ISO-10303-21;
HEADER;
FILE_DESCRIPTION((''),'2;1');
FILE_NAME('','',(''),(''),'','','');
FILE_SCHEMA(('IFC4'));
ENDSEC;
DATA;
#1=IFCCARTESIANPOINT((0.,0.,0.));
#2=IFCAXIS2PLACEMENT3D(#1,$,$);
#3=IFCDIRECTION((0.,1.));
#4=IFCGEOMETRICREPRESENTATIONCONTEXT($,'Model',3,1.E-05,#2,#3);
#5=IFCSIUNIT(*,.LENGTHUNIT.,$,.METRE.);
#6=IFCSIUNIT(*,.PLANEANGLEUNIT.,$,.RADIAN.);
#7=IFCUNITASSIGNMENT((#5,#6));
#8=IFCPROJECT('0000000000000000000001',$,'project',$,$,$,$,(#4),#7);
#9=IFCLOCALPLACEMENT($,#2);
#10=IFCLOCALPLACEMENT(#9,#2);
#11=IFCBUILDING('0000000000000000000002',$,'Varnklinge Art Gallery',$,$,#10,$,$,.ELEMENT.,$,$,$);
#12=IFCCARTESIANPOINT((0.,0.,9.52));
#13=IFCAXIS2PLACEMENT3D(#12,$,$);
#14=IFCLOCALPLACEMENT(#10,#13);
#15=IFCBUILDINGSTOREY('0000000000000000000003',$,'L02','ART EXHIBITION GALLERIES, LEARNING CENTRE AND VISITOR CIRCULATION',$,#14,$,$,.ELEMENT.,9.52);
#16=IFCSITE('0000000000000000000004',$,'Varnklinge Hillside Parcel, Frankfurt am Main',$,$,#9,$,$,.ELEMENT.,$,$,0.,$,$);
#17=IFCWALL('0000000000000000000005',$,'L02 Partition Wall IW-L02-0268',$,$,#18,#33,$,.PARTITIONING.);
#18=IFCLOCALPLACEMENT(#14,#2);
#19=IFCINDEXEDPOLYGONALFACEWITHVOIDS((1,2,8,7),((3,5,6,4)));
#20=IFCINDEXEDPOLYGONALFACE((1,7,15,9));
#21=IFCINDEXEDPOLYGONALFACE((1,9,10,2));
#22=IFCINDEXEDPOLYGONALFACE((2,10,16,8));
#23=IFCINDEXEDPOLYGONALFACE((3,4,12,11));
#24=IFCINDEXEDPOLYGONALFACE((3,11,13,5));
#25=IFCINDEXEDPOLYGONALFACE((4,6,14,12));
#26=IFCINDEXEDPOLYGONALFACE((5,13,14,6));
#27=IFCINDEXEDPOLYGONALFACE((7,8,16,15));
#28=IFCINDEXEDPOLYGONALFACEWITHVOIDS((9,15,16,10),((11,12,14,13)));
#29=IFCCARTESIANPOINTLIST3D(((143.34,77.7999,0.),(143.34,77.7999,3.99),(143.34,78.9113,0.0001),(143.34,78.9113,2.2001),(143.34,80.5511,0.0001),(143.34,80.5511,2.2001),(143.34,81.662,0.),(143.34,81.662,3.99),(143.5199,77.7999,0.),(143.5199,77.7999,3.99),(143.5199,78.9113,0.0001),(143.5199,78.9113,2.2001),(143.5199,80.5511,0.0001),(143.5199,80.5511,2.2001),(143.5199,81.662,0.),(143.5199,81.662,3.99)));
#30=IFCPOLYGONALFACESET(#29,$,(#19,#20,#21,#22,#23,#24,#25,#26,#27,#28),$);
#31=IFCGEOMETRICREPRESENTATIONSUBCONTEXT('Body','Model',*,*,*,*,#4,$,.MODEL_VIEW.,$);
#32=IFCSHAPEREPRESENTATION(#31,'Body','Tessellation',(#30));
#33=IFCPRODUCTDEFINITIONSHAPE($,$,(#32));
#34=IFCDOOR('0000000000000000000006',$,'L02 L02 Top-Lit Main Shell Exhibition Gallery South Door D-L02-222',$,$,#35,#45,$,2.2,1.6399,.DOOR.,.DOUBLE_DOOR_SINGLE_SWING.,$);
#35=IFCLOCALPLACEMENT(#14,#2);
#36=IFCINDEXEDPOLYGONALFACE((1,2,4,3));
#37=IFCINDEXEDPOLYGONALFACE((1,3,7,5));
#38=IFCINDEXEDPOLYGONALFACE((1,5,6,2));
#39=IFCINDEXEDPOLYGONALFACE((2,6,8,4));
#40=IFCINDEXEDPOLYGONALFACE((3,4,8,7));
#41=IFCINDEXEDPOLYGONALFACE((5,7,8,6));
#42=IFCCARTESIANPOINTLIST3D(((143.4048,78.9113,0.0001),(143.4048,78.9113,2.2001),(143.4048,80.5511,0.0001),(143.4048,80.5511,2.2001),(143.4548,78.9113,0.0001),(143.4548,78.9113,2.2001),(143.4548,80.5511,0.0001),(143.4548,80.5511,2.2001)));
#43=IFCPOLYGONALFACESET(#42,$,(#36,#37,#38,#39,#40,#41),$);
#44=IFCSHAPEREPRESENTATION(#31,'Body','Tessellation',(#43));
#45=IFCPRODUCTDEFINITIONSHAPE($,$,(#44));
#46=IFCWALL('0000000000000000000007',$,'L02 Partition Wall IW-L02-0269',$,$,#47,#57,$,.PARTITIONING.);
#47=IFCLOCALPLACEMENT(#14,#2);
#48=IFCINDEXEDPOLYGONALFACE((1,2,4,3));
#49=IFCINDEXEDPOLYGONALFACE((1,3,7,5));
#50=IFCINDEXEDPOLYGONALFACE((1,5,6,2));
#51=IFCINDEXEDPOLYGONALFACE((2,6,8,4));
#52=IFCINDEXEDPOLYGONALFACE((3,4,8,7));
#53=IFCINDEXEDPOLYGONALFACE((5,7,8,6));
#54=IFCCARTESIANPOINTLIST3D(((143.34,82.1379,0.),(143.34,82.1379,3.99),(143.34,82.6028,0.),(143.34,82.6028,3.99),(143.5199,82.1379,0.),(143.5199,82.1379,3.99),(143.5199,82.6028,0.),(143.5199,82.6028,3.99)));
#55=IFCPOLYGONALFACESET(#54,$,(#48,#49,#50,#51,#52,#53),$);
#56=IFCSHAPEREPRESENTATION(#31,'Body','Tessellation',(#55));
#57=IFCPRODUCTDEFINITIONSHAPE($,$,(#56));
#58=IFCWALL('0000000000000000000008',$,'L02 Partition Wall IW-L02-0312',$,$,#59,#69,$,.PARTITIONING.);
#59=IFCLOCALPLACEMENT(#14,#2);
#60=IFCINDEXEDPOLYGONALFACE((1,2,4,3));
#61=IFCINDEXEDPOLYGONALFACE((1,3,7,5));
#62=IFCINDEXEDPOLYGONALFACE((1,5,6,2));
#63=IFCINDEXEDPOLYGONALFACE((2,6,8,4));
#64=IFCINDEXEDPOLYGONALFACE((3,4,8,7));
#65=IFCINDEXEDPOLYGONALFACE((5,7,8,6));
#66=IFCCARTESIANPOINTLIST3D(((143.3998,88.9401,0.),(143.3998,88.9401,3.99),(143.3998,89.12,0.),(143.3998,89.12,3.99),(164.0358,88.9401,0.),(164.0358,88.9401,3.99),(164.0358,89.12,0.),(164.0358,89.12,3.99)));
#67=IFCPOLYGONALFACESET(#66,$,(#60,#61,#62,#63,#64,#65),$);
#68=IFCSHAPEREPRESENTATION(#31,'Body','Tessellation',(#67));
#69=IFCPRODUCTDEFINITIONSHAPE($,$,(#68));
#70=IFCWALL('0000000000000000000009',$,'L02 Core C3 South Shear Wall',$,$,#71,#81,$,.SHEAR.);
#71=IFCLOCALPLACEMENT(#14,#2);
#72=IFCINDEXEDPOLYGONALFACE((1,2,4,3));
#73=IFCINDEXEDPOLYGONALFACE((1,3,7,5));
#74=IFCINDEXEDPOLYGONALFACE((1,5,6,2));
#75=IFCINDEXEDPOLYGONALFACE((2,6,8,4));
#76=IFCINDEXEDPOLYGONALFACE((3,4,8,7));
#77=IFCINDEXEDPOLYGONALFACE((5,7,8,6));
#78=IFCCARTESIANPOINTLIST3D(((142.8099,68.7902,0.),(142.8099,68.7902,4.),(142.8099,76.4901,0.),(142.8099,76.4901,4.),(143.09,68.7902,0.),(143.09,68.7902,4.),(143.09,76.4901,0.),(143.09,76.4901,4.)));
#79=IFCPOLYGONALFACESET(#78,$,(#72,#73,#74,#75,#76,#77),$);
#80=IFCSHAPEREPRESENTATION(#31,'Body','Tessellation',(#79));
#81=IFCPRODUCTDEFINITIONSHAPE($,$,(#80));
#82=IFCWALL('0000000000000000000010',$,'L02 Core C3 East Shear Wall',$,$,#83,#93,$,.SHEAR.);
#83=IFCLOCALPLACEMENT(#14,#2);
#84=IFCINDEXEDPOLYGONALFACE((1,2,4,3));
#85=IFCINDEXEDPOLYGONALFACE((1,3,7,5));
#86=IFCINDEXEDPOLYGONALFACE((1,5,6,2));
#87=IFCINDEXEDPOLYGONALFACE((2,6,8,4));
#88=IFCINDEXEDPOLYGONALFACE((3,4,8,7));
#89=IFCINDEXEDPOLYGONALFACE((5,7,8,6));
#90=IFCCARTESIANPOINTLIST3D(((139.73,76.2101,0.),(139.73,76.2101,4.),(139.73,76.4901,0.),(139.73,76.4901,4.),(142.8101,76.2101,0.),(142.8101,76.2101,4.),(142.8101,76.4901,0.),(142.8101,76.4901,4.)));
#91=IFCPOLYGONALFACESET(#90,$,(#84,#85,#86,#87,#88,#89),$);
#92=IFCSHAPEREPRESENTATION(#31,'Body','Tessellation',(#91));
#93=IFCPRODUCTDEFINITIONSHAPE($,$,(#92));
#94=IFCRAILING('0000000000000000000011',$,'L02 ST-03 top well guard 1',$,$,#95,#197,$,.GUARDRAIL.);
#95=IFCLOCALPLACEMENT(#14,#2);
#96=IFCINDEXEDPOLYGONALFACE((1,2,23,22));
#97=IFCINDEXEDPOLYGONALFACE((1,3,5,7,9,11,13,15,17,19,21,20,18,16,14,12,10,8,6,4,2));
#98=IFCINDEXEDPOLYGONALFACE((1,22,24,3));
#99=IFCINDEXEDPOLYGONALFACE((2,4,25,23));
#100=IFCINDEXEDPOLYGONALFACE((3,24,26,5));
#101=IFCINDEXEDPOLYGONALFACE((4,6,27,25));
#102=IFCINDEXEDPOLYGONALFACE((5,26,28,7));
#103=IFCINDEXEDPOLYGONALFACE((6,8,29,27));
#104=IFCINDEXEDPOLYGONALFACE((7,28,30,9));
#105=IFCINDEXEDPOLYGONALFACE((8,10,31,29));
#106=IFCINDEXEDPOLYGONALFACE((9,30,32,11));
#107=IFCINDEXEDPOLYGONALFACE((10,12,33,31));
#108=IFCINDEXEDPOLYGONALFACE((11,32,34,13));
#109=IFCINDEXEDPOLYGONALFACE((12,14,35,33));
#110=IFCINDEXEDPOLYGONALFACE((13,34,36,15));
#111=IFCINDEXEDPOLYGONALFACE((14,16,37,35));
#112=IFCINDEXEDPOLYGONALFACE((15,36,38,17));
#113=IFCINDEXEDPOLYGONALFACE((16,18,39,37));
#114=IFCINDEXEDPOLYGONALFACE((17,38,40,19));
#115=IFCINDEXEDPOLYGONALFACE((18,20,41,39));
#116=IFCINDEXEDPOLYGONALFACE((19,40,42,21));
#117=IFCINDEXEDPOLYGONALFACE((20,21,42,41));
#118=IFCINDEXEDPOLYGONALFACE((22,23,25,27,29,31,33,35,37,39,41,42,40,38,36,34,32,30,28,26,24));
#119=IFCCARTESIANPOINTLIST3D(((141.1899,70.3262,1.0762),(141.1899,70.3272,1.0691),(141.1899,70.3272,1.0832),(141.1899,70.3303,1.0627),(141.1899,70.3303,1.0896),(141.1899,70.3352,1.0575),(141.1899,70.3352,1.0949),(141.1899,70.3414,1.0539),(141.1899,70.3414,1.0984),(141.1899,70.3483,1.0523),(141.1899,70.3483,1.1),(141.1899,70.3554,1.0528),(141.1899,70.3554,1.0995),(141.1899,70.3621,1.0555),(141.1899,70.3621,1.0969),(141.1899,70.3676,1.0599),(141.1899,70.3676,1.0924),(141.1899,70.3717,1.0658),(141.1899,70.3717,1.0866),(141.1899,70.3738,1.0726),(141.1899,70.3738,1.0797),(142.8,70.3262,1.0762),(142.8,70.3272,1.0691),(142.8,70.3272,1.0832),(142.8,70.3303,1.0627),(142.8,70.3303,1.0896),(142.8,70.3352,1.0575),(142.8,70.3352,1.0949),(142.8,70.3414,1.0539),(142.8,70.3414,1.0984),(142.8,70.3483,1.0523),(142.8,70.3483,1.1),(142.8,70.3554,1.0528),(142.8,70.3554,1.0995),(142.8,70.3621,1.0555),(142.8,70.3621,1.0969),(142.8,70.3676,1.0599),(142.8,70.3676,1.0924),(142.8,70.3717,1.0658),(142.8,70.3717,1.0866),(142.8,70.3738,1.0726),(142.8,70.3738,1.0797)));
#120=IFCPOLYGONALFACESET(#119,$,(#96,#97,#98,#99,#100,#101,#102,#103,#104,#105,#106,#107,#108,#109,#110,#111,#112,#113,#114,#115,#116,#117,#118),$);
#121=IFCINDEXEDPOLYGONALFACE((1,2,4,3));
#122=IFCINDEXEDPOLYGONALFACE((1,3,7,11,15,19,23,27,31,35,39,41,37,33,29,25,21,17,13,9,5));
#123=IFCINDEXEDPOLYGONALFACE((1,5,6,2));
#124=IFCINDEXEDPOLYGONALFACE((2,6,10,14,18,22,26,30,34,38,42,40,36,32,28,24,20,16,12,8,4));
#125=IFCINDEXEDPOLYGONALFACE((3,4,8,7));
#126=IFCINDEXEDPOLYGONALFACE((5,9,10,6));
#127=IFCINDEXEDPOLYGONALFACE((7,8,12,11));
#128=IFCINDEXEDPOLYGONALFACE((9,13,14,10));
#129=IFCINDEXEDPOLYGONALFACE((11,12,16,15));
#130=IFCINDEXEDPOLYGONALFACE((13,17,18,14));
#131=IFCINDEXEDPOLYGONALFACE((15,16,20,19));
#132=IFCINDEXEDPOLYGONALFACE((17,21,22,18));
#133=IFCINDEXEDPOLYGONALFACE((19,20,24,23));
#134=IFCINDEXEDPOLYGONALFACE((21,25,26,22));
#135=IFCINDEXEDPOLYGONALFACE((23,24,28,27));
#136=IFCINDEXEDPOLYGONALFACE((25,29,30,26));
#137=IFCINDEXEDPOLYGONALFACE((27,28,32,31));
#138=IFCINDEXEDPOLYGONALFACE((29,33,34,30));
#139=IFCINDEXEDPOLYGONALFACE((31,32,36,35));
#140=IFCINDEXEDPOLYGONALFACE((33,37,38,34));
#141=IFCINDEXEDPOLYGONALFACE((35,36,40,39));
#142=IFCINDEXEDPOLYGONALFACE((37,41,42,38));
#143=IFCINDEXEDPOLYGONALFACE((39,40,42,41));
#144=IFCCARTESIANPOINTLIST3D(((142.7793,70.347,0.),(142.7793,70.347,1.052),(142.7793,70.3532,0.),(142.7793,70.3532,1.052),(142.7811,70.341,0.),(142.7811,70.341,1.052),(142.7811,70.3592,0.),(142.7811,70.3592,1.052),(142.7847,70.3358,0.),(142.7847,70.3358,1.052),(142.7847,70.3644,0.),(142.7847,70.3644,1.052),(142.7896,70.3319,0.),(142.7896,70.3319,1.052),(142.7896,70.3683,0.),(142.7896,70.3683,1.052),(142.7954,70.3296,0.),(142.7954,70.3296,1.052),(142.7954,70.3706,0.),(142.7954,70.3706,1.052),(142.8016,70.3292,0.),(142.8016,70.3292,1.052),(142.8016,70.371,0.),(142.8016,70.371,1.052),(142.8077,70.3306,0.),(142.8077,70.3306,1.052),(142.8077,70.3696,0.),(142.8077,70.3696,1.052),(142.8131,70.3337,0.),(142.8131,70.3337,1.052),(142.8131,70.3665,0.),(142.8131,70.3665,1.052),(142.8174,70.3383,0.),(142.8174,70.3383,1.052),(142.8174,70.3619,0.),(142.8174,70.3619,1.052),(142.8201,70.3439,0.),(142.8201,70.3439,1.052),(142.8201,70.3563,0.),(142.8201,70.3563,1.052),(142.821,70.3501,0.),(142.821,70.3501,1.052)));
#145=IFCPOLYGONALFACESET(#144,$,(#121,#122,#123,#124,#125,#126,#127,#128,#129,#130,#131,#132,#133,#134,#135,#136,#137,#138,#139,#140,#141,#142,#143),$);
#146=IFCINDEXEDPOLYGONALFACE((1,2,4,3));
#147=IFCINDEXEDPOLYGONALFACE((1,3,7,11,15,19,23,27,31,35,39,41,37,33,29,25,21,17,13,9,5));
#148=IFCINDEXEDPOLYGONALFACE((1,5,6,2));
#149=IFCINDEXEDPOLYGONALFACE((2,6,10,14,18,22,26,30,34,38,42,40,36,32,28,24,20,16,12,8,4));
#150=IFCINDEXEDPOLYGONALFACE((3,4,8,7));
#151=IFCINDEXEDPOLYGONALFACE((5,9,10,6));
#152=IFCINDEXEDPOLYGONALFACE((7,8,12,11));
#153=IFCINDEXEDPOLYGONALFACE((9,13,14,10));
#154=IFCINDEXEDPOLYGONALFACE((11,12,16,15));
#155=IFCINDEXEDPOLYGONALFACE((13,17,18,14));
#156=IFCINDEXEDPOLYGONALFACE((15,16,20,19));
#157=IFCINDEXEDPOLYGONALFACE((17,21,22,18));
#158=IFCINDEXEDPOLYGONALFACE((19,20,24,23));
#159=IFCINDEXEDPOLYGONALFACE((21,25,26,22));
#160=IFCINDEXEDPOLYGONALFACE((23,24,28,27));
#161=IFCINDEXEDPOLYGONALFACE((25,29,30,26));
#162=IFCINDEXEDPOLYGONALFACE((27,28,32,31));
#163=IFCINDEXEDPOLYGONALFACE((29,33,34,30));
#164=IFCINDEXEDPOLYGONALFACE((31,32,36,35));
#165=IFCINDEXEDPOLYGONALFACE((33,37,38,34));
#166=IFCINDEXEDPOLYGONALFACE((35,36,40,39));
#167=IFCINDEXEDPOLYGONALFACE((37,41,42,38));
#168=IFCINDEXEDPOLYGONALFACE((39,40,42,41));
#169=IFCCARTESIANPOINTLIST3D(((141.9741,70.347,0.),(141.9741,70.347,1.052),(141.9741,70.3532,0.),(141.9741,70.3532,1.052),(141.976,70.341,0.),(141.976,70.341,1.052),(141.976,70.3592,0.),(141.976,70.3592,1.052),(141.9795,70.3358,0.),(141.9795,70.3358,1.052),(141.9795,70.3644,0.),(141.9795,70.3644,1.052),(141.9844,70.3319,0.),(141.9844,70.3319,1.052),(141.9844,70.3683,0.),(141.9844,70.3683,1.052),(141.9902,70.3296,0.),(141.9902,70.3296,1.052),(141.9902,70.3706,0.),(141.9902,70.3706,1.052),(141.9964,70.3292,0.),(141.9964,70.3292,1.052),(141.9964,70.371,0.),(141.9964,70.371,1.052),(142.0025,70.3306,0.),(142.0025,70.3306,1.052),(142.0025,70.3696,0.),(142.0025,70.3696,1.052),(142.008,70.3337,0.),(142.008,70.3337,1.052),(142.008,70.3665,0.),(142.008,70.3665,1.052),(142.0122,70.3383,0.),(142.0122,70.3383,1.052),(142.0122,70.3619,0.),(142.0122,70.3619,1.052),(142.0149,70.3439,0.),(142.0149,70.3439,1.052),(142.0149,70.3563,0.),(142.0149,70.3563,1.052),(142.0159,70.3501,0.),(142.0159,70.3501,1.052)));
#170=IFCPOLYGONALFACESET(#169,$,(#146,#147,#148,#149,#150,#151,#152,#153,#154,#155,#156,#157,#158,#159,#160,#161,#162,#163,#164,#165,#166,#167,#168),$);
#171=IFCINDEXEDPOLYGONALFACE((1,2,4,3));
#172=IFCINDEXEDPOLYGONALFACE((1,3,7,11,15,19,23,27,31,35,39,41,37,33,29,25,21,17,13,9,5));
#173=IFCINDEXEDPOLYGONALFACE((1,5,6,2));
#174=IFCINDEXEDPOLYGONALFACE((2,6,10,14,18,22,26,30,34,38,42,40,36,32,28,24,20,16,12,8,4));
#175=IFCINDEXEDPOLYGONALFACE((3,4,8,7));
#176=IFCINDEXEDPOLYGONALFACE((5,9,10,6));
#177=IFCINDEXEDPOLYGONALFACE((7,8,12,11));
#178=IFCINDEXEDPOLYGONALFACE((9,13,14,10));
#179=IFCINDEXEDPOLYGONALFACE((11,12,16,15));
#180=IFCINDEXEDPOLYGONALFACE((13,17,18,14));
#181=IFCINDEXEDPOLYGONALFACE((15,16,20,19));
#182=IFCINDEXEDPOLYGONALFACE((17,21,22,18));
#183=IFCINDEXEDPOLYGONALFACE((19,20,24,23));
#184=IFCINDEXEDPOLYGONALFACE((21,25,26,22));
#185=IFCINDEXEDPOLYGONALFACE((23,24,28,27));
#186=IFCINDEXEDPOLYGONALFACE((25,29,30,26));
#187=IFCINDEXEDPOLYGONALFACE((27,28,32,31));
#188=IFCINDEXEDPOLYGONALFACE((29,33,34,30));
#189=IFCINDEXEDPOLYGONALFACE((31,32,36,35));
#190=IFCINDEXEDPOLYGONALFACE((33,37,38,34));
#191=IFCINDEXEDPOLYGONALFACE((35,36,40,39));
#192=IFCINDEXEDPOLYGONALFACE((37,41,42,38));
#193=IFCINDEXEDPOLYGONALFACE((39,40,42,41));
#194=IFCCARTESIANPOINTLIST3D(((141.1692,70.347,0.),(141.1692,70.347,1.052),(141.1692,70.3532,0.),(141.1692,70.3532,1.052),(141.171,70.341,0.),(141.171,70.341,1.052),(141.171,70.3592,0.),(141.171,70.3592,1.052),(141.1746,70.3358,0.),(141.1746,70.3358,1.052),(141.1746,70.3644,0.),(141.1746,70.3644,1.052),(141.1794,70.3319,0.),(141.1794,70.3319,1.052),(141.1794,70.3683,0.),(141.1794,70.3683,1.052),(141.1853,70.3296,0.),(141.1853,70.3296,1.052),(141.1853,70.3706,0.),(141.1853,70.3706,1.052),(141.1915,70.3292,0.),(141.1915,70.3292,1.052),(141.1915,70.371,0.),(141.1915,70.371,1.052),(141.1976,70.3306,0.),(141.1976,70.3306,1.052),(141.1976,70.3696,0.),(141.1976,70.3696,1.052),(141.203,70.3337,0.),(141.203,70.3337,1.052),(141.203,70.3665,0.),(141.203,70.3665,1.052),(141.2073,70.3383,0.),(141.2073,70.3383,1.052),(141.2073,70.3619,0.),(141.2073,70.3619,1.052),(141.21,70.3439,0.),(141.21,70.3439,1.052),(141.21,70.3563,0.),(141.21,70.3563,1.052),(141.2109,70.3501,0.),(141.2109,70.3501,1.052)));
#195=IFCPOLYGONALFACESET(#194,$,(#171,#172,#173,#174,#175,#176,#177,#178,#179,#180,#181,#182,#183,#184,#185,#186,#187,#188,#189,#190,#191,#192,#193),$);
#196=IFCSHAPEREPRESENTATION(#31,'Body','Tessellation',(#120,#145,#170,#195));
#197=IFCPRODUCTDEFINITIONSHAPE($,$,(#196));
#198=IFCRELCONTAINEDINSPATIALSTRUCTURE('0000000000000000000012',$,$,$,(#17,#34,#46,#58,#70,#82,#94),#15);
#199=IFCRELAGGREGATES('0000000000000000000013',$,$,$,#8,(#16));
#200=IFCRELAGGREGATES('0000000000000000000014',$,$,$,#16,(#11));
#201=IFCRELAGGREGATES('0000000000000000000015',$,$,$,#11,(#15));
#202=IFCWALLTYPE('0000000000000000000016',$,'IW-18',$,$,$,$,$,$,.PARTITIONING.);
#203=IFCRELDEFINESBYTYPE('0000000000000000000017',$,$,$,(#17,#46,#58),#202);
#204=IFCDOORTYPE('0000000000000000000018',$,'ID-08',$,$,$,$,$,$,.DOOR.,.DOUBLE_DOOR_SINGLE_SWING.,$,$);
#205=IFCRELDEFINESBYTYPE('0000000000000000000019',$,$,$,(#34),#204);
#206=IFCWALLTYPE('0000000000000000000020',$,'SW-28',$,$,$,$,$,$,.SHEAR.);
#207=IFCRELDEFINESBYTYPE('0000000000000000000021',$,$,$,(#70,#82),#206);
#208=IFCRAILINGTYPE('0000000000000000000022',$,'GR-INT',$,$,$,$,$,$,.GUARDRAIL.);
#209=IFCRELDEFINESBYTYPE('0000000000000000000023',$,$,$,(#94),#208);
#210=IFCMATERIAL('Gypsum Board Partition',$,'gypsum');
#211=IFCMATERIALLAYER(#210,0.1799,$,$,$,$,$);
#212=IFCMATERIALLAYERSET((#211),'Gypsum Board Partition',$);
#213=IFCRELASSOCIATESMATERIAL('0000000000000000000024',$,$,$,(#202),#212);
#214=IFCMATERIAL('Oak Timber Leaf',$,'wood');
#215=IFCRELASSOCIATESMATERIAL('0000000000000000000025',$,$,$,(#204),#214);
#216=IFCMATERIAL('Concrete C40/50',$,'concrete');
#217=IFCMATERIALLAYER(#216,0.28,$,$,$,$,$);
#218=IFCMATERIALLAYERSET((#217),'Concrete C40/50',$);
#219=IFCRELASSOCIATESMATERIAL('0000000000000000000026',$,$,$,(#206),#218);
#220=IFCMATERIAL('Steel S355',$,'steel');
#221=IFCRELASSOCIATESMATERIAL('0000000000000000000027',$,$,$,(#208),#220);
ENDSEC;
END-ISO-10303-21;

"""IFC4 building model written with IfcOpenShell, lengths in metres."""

from ifc_helpers import new_model, si_unit, direction, frame, frame_2d, origin, origin_2d, place, context, subcontext, project, spatial, rectangle, circle, extrude, material, layer, layer_set, type_object, element, fill, save


model = new_model("IFC4")

# Units and contexts
model_context = context("Model", 3, precision=1e-05, world=origin(), true_north=direction((0.0, 1.0)))
body_context = subcontext(model_context, "Body", "Model", "MODEL_VIEW")
ifc_project = project(units=[si_unit("LENGTHUNIT", "METRE"), si_unit("PLANEANGLEUNIT", "RADIAN")], contexts=[model_context])

# Site, building, storey
site_placement = place(None, origin())
site = spatial("IfcSite", under=ifc_project, at=site_placement, Name="Varnklinge Hillside Parcel, Frankfurt am Main", CompositionType="ELEMENT", RefElevation=0.0)
building_placement = place(site_placement, origin())
building = spatial("IfcBuilding", under=site, at=building_placement, Name="Varnklinge Art Gallery", CompositionType="ELEMENT")
storey_placement = place(building_placement, frame((0.0, 0.0, 9.52)))
storey = spatial("IfcBuildingStorey", under=building, at=storey_placement, Name="L02", Description="ART EXHIBITION GALLERIES, LEARNING CENTRE AND VISITOR CIRCULATION", CompositionType="ELEMENT", Elevation=9.52)

# Shared definitions
ifc_material_1 = material(Name="Gypsum Board Partition", Category="gypsum")
ifc_layer_1 = layer(ifc_material_1, 0.1799)
ifc_layer_set_1 = layer_set([ifc_layer_1], Name="Gypsum Board Partition")
wall_type_1 = type_object("IfcWallType", Name="IW-18", PredefinedType="PARTITIONING", material=ifc_layer_set_1)

# Wall, opening, door
wall_1_placement = place(storey_placement, frame((143.4299, 81.6621, 0.0), z_axis=(0.0, 0.0, 1.0), x_axis=(0.0, -1.0, 0.0)))
wall_1 = element("IfcWall", 1, at=wall_1_placement, inside=storey, type_object=wall_type_1, Name="L02 Partition Wall IW-L02-0268", PredefinedType="PARTITIONING", context=body_context, shape_type="SweptSolid", body=[
    extrude(rectangle(XDim=3.8621, YDim=0.1799, at=frame_2d((1.9312, 0.0))), origin(), (0.0, 0.0, 1.0), 3.99),
])
opening_1_placement = place(wall_1_placement, frame((1.1111, 0.0, 0.0)))
opening_1 = element("IfcOpeningElement", 2, at=opening_1_placement, cuts=wall_1, PredefinedType="OPENING", context=body_context, shape_type="SweptSolid", body=[
    extrude(rectangle(XDim=1.6399, YDim=2.2, at=frame_2d((0.8198, 1.1001))), frame((0.0, 0.0999, 0.0), z_axis=(0.0, -1.0, 0.0), x_axis=(1.0, 0.0, 0.0)), (0.0, 0.0, 1.0), 0.2),
])
ifc_material_2 = material(Name="Oak Timber Leaf", Category="wood")
door_type_1 = type_object("IfcDoorType", Name="ID-08", OperationType="DOUBLE_DOOR_SINGLE_SWING", PredefinedType="DOOR", material=ifc_material_2)
door_1_placement = place(opening_1_placement, origin())
door_1 = element("IfcDoor", 3, at=door_1_placement, inside=storey, type_object=door_type_1, Name="L02 L02 Top-Lit Main Shell Exhibition Gallery South Door D-L02-222", OperationType="DOUBLE_DOOR_SINGLE_SWING", OverallHeight=2.2, OverallWidth=1.6399, PredefinedType="DOOR", context=body_context, shape_type="SweptSolid", body=[
    extrude(rectangle(XDim=1.6399, YDim=2.2, at=frame_2d((0.8198, 1.1001))), frame((0.0, 0.0249, 0.0), z_axis=(0.0, -1.0, 0.0), x_axis=(1.0, 0.0, 0.0)), (0.0, 0.0, 1.0), 0.05),
])
fill(opening_1, door_1)

# Walls
wall_2_placement = place(storey_placement, frame((143.4299, 82.6028, 0.0), z_axis=(0.0, 0.0, 1.0), x_axis=(0.0, -1.0, 0.0)))
element("IfcWall", 4, at=wall_2_placement, inside=storey, type_object=wall_type_1, Name="L02 Partition Wall IW-L02-0269", PredefinedType="PARTITIONING", context=body_context, shape_type="SweptSolid", body=[
    extrude(rectangle(XDim=0.4648, YDim=0.1799, at=frame_2d((0.2324, 0.0))), origin(), (0.0, 0.0, 1.0), 3.99),
])
wall_3_placement = place(storey_placement, frame((143.3999, 89.03, 0.0), z_axis=(0.0, 0.0, 1.0), x_axis=(1.0, 0.0, 0.0)))
element("IfcWall", 5, at=wall_3_placement, inside=storey, type_object=wall_type_1, Name="L02 Partition Wall IW-L02-0312", PredefinedType="PARTITIONING", context=body_context, shape_type="SweptSolid", body=[
    extrude(rectangle(XDim=20.636, YDim=0.1799, at=frame_2d((10.3179, 0.0))), origin(), (0.0, 0.0, 1.0), 3.99),
])
ifc_material_3 = material(Name="Concrete C40/50", Category="concrete")
ifc_layer_2 = layer(ifc_material_3, 0.28)
ifc_layer_set_2 = layer_set([ifc_layer_2], Name="Concrete C40/50")
wall_type_2 = type_object("IfcWallType", Name="SW-28", PredefinedType="SHEAR", material=ifc_layer_set_2)
wall_4_placement = place(storey_placement, frame((142.95, 68.79, 0.0), z_axis=(0.0, 0.0, 1.0), x_axis=(0.0, 1.0, 0.0)))
element("IfcWall", 6, at=wall_4_placement, inside=storey, type_object=wall_type_2, Name="L02 Core C3 South Shear Wall", PredefinedType="SHEAR", context=body_context, shape_type="SweptSolid", body=[
    extrude(rectangle(XDim=7.7, YDim=0.28, at=frame_2d((3.8501, 0.0))), origin(), (0.0, 0.0, 1.0), 4.0),
])
wall_5_placement = place(storey_placement, frame((142.8101, 76.3501, 0.0), z_axis=(0.0, 0.0, 1.0), x_axis=(-1.0, 0.0, 0.0)))
element("IfcWall", 7, at=wall_5_placement, inside=storey, type_object=wall_type_2, Name="L02 Core C3 East Shear Wall", PredefinedType="SHEAR", context=body_context, shape_type="SweptSolid", body=[
    extrude(rectangle(XDim=3.0801, YDim=0.28, at=frame_2d((1.54, 0.0))), origin(), (0.0, 0.0, 1.0), 4.0),
])

# Railing
ifc_material_4 = material(Name="Steel S355", Category="steel")
railing_type = type_object("IfcRailingType", Name="GR-INT", PredefinedType="GUARDRAIL", material=ifc_material_4)
railing_placement = place(storey_placement, frame((142.8, 70.3501, 0.0)))
element("IfcRailing", 8, at=railing_placement, inside=storey, type_object=railing_type, Name="L02 ST-03 top well guard 1", PredefinedType="GUARDRAIL", context=body_context, shape_type="SweptSolid", body=[
    extrude(circle(Radius=0.0239, at=origin_2d()), frame((0.0, 0.0, 1.0762), z_axis=(-1.0, 0.0, 0.0), x_axis=(0.0, -1.0, 0.0)), (0.0, 0.0, 1.0), 1.6101),
    extrude(circle(Radius=0.021, at=origin_2d()), origin(), (0.0, 0.0, 1.0), 1.052),
    extrude(circle(Radius=0.021, at=origin_2d()), frame((-0.8052, 0.0, 0.0)), (0.0, 0.0, 1.0), 1.052),
    extrude(circle(Radius=0.021, at=origin_2d()), frame((-1.6101, 0.0, 0.0)), (0.0, 0.0, 1.0), 1.052),
])

save(model, "model.ifc")
